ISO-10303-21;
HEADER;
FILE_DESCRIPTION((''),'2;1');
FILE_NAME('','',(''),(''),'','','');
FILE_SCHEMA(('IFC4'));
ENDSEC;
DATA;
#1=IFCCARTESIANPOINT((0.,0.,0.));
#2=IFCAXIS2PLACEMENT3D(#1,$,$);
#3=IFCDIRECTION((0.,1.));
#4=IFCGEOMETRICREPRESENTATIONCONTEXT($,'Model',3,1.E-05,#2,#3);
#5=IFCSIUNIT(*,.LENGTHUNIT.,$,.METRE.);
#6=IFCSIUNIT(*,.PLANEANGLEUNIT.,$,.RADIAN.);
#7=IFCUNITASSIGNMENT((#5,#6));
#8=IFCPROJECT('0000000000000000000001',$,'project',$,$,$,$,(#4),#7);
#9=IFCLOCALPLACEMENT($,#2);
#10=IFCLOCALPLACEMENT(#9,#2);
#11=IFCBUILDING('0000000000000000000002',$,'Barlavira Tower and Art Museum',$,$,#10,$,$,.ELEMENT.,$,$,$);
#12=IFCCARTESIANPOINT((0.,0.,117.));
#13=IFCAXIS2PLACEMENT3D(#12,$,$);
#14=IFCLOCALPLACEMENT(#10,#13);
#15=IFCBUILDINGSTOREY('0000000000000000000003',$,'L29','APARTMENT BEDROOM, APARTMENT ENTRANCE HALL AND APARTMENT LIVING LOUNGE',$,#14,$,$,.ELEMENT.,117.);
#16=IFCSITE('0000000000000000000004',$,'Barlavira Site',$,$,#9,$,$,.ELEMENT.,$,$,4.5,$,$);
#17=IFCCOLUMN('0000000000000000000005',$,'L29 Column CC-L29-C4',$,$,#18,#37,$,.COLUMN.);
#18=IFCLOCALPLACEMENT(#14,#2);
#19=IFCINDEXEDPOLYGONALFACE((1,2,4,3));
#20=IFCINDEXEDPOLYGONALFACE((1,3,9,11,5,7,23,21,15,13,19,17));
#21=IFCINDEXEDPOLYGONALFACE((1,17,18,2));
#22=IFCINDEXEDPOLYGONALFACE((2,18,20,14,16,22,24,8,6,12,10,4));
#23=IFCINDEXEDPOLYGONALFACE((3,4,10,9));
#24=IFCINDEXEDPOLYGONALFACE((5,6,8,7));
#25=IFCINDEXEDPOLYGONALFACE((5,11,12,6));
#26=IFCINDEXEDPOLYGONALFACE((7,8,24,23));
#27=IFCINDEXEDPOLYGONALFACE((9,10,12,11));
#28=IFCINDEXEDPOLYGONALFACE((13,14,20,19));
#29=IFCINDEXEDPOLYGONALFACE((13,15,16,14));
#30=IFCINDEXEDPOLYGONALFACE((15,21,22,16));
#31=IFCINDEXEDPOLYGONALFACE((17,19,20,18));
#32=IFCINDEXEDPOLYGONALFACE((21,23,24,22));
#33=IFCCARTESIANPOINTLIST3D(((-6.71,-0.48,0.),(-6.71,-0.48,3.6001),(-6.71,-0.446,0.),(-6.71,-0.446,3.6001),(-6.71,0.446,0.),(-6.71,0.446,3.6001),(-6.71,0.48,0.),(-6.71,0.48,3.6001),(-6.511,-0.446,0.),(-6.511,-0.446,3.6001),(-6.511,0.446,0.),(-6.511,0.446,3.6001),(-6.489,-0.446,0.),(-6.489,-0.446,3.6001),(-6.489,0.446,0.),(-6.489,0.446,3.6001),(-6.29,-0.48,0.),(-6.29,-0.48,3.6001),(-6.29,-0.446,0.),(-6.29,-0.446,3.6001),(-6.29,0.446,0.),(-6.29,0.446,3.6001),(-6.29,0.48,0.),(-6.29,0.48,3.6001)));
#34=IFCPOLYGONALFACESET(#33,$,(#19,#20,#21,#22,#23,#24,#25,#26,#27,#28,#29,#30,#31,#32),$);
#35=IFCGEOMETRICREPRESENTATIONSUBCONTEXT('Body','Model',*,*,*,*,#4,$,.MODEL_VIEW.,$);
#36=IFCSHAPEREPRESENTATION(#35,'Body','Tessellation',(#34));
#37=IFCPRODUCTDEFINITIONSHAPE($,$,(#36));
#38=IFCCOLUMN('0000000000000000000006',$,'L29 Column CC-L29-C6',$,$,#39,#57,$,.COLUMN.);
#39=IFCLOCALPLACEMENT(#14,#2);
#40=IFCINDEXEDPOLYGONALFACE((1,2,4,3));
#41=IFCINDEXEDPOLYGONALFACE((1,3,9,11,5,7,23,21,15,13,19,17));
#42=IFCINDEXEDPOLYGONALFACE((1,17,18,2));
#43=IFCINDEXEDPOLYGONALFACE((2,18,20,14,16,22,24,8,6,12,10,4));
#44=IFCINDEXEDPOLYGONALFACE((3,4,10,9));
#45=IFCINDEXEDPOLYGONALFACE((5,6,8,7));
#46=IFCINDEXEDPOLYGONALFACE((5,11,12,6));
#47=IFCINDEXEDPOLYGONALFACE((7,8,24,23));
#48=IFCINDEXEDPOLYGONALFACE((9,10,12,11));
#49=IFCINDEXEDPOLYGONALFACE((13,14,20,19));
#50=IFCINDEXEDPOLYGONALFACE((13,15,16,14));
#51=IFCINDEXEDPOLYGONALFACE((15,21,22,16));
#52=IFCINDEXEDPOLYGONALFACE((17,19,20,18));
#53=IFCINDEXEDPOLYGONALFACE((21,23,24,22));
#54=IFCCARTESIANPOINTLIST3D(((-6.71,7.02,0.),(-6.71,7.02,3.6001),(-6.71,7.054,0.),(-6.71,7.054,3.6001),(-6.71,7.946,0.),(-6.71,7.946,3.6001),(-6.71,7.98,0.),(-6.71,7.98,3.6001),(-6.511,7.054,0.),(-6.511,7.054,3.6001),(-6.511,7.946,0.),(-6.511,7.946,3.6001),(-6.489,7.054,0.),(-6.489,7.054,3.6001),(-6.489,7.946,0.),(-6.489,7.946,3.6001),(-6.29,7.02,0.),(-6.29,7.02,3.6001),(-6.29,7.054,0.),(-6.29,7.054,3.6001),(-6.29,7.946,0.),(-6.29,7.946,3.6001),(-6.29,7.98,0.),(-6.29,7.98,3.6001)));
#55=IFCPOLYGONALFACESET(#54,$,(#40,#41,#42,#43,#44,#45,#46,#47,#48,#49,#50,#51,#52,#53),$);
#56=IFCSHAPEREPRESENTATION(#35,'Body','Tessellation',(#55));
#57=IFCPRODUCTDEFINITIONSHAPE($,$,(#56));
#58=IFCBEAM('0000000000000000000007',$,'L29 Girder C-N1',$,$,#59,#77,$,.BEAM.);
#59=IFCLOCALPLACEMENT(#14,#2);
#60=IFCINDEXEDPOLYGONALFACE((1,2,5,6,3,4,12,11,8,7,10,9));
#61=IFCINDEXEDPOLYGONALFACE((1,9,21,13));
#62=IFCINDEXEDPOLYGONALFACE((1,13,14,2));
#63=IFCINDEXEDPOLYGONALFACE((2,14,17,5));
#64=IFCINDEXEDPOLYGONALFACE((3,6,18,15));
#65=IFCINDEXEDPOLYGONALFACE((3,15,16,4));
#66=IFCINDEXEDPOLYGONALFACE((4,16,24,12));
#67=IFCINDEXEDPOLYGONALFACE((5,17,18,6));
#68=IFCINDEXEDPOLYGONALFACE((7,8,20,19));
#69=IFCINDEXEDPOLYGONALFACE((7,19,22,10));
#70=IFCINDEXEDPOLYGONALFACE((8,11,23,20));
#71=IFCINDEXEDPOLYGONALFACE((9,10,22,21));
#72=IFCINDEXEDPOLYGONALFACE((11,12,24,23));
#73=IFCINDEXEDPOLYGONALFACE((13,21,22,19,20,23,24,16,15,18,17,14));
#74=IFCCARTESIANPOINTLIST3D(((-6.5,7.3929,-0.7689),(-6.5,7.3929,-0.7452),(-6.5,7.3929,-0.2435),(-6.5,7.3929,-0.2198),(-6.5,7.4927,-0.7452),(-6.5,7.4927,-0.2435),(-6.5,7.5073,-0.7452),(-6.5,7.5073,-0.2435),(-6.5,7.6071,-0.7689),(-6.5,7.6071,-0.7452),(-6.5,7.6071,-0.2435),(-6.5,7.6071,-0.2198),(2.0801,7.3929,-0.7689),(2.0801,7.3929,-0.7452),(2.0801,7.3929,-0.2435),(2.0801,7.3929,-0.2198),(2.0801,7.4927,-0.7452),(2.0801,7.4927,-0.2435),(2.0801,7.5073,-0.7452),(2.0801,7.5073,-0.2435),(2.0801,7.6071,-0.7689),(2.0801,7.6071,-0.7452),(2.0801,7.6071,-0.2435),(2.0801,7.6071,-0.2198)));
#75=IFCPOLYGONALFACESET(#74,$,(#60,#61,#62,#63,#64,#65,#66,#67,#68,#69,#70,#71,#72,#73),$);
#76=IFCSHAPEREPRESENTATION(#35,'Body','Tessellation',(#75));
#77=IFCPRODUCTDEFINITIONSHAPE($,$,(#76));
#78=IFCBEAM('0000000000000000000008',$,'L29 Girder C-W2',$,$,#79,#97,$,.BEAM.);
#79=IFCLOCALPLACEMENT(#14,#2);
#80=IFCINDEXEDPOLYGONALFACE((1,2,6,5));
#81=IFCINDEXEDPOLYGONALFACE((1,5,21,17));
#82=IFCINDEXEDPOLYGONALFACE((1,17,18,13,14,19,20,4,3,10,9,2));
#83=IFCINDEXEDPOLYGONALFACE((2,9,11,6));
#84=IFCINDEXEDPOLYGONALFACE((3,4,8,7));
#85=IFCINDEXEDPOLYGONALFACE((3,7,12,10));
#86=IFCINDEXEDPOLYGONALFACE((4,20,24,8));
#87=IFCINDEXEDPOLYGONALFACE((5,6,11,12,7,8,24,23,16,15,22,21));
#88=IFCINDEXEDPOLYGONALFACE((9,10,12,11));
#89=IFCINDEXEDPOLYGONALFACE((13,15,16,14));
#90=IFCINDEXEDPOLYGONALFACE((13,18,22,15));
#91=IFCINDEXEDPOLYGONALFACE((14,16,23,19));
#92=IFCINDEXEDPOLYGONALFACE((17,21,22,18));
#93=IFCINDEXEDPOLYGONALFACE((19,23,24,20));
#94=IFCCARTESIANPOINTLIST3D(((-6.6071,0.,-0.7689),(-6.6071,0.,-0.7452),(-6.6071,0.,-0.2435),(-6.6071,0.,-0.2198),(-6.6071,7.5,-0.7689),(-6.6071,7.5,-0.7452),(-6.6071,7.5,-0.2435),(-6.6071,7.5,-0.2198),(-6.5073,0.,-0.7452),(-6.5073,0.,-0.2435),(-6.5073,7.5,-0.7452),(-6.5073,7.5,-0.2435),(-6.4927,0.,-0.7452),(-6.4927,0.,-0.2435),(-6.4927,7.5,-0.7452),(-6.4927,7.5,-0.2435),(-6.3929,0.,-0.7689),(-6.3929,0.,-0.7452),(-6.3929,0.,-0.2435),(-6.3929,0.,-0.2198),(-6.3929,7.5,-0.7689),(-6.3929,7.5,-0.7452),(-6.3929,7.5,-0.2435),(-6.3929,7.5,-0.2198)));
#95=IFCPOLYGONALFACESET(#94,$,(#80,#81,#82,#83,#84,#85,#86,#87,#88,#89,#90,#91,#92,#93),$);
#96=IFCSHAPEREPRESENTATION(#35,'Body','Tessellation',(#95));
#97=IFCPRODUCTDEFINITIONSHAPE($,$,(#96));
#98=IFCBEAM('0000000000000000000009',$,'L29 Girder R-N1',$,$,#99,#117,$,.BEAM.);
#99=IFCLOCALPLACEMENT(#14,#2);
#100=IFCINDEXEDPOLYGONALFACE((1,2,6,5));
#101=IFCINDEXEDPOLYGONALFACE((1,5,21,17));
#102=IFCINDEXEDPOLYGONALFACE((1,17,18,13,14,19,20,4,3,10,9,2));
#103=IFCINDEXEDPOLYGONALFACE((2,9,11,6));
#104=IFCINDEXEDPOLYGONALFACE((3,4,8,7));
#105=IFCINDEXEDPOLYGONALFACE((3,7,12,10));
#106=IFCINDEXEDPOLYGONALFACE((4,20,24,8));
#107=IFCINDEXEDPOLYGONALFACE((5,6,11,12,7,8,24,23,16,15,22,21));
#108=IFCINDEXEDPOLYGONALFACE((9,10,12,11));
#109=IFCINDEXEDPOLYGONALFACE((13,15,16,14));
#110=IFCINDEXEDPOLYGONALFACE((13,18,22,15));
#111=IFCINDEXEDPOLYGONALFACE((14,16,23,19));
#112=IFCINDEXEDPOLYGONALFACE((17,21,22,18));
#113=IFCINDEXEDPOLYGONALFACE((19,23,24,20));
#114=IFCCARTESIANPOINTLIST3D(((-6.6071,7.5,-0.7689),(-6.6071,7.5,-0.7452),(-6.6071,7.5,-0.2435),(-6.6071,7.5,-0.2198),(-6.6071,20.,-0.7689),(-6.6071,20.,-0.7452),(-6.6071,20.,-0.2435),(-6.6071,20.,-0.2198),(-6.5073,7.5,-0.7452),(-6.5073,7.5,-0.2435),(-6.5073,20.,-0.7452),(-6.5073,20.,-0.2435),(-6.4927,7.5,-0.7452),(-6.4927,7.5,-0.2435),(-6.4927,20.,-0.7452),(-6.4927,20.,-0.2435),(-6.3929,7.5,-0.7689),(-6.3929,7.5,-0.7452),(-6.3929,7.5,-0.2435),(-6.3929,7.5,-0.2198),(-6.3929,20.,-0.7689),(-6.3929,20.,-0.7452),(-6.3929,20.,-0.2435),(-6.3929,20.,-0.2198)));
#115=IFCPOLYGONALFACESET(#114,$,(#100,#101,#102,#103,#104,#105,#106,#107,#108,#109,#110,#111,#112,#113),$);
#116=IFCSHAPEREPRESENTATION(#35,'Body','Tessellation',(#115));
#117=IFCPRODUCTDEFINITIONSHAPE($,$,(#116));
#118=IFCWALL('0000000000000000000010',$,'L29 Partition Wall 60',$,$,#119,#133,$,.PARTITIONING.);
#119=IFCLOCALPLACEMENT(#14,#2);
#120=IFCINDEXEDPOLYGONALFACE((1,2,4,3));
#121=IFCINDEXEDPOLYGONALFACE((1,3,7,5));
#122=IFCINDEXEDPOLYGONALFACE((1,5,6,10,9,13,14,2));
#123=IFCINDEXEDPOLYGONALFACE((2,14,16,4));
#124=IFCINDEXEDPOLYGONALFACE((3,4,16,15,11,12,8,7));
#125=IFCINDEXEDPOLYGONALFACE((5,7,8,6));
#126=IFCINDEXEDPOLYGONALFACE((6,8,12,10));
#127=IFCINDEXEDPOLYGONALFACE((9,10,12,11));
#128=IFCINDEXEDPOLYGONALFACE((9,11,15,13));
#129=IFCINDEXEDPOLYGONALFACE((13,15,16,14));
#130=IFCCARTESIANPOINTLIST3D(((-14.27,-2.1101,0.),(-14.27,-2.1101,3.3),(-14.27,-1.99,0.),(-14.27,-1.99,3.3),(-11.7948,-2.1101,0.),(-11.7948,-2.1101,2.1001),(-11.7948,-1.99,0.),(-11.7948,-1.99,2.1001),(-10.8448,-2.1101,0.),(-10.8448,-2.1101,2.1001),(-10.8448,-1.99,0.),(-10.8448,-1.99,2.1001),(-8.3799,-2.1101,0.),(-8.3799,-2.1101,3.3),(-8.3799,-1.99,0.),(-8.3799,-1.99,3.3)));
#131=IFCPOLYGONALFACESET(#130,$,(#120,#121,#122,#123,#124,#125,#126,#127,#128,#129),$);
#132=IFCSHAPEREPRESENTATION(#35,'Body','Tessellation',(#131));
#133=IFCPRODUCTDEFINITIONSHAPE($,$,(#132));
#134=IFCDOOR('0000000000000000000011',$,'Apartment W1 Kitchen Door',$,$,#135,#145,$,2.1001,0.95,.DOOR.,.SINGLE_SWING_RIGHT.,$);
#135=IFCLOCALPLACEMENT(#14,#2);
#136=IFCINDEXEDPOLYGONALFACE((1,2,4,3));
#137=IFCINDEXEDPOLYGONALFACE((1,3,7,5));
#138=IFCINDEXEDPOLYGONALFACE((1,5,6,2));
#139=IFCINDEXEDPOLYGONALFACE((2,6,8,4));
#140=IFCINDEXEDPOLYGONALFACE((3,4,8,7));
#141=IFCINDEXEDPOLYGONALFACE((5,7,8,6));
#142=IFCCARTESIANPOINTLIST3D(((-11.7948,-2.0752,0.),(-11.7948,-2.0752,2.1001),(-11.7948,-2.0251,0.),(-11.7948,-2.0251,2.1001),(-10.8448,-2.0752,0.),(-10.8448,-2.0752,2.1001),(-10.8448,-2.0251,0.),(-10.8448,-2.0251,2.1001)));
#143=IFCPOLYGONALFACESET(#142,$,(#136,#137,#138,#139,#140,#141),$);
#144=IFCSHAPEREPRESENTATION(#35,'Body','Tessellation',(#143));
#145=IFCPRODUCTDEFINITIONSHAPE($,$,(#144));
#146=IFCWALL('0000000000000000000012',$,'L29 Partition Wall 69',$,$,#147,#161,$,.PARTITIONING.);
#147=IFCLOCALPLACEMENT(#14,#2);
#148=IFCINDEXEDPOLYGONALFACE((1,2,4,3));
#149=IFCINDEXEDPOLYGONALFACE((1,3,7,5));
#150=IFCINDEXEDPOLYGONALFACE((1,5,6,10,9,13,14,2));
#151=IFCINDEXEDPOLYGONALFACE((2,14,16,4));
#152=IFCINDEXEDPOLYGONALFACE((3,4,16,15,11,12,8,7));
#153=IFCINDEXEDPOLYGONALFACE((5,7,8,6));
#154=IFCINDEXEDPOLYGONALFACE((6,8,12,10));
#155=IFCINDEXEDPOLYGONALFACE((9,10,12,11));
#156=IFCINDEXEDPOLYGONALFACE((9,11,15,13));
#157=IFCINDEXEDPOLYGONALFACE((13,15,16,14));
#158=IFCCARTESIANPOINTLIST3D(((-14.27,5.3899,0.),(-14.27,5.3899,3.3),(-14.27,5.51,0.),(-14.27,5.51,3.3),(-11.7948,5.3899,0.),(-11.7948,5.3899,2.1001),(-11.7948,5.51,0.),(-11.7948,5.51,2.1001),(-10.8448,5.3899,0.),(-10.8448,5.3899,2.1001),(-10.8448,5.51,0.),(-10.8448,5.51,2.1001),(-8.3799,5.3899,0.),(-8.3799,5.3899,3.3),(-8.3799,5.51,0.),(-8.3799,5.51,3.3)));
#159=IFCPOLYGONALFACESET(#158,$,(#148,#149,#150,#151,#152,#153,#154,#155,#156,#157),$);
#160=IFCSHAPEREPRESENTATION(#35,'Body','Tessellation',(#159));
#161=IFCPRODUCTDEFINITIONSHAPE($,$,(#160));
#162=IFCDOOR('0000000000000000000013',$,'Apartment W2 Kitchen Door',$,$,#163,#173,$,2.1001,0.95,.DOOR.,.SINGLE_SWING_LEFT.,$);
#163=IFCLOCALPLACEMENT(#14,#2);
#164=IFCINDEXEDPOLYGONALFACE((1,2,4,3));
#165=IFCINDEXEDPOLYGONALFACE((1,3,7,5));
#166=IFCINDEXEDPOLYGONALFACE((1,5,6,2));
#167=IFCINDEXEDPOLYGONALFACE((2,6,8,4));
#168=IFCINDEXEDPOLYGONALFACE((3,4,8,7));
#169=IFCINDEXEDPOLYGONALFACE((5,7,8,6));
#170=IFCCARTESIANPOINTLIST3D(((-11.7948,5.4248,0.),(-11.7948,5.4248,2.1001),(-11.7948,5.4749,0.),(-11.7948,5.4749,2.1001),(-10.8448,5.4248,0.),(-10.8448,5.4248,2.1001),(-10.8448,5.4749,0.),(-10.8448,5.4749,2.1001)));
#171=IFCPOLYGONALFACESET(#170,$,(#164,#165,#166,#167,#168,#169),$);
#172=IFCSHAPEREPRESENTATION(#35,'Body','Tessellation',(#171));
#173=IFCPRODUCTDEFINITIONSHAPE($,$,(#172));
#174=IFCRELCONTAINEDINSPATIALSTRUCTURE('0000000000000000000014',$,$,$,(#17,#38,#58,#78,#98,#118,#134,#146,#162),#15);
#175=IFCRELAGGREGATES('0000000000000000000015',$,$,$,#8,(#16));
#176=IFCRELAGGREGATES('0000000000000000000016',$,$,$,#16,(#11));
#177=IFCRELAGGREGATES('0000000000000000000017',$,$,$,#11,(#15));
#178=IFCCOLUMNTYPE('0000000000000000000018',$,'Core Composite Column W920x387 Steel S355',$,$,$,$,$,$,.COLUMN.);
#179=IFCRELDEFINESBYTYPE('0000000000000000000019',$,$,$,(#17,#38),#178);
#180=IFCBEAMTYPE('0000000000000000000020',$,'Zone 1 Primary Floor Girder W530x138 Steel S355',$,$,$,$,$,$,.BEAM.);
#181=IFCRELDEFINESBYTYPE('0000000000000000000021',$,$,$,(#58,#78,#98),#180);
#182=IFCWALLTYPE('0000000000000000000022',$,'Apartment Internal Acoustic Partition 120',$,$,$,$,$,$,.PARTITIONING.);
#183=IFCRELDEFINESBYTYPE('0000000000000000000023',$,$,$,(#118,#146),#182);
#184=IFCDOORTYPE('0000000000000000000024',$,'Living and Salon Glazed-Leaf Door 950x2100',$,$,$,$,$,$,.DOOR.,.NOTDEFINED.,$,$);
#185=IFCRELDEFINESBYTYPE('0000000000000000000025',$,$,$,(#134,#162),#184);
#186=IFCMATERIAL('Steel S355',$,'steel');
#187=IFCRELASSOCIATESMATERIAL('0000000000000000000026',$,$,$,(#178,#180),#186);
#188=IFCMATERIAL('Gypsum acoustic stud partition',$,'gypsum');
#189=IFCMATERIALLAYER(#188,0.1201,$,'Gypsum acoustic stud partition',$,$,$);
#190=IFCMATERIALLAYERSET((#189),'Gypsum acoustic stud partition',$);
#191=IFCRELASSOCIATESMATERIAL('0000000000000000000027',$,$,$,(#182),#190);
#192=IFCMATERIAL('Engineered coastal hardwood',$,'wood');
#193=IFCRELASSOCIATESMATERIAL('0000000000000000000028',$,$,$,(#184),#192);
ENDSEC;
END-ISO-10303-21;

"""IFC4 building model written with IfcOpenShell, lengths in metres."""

from ifc_helpers import new_model, si_unit, direction, frame, frame_2d, origin, origin_2d, place, context, subcontext, project, spatial, rectangle, i_section, extrude, material, layer, layer_set, material_profile, profile_set, type_object, element, fill, save


model = new_model("IFC4")

# Units and contexts
model_context = context("Model", 3, precision=1e-05, world=origin(), true_north=direction((0.0, 1.0)))
body_context = subcontext(model_context, "Body", "Model", "MODEL_VIEW")
ifc_project = project(units=[si_unit("LENGTHUNIT", "METRE"), si_unit("PLANEANGLEUNIT", "RADIAN")], contexts=[model_context])

# Site, building, storey
site_placement = place(None, origin())
site = spatial("IfcSite", under=ifc_project, at=site_placement, Name="Barlavira Site", CompositionType="ELEMENT", RefElevation=4.5)
building_placement = place(site_placement, origin())
building = spatial("IfcBuilding", under=site, at=building_placement, Name="Barlavira Tower and Art Museum", CompositionType="ELEMENT")
storey_placement = place(building_placement, frame((0.0, 0.0, 117.0)))
storey = spatial("IfcBuildingStorey", under=building, at=storey_placement, Name="L29", Description="APARTMENT BEDROOM, APARTMENT ENTRANCE HALL AND APARTMENT LIVING LOUNGE", CompositionType="ELEMENT", Elevation=117.0)

# Columns
ifc_material_1 = material(Name="Steel S355", Category="steel")
ifc_material_profile_1 = material_profile(ifc_material_1, i_section(OverallWidth=0.4199, OverallDepth=0.96, WebThickness=0.022, FlangeThickness=0.0339, at=origin_2d()), Name="W920x387.0")
ifc_profile_set_1 = profile_set([ifc_material_profile_1], Name="Steel S355")
column_type = type_object("IfcColumnType", Name="Core Composite Column W920x387 Steel S355", PredefinedType="COLUMN", material=ifc_profile_set_1)
for number, where, z_axis, x_axis, name in (
    (1, (-6.5, 0.0, 0.0), (0.0, 0.0, 1.0), (1.0, 0.0, 0.0), "L29 Column CC-L29-C4"),
    (2, (-6.5, 7.5, 0.0), (0.0, 0.0, 1.0), (1.0, 0.0, 0.0), "L29 Column CC-L29-C6"),
):
    element("IfcColumn", number, at=place(storey_placement, frame(where, z_axis=z_axis, x_axis=x_axis)), inside=storey, type_object=column_type, Name=name, PredefinedType="COLUMN", context=body_context, shape_type="SweptSolid", body=[
        extrude(i_section(OverallWidth=0.4199, OverallDepth=0.96, WebThickness=0.022, FlangeThickness=0.0339, at=origin_2d()), origin(), (0.0, 0.0, 1.0), 3.6001),
    ])

# Beams
ifc_material_profile_2 = material_profile(ifc_material_1, i_section(OverallWidth=0.2141, OverallDepth=0.5491, WebThickness=0.0146, FlangeThickness=0.0237, at=origin_2d()), Name="W530x138.0")
ifc_profile_set_2 = profile_set([ifc_material_profile_2], Name="Steel S355")
beam_type = type_object("IfcBeamType", Name="Zone 1 Primary Floor Girder W530x138 Steel S355", PredefinedType="BEAM", material=ifc_profile_set_2)
beam_1_placement = place(storey_placement, frame((-6.5, 7.5, -0.4944), z_axis=(1.0, 0.0, 0.0), x_axis=(0.0, 1.0, 0.0)))
element("IfcBeam", 3, at=beam_1_placement, inside=storey, type_object=beam_type, Name="L29 Girder C-N1", PredefinedType="BEAM", context=body_context, shape_type="SweptSolid", body=[
    extrude(i_section(OverallWidth=0.2141, OverallDepth=0.5491, WebThickness=0.0146, FlangeThickness=0.0237, at=origin_2d()), origin(), (0.0, 0.0, 1.0), 8.5801),
])
beam_2_placement = place(storey_placement, frame((-6.5, 0.0, -0.4944), z_axis=(0.0, 1.0, 0.0), x_axis=(-1.0, 0.0, 0.0)))
element("IfcBeam", 4, at=beam_2_placement, inside=storey, type_object=beam_type, Name="L29 Girder C-W2", PredefinedType="BEAM", context=body_context, shape_type="SweptSolid", body=[
    extrude(i_section(OverallWidth=0.2141, OverallDepth=0.5491, WebThickness=0.0146, FlangeThickness=0.0237, at=origin_2d()), origin(), (0.0, 0.0, 1.0), 7.5),
])
beam_3_placement = place(storey_placement, frame((-6.5, 7.5, -0.4944), z_axis=(0.0, 1.0, 0.0), x_axis=(-1.0, 0.0, 0.0)))
element("IfcBeam", 5, at=beam_3_placement, inside=storey, type_object=beam_type, Name="L29 Girder R-N1", PredefinedType="BEAM", context=body_context, shape_type="SweptSolid", body=[
    extrude(i_section(OverallWidth=0.2141, OverallDepth=0.5491, WebThickness=0.0146, FlangeThickness=0.0237, at=origin_2d()), origin(), (0.0, 0.0, 1.0), 12.5),
])

# Walls, openings, doors
ifc_material_2 = material(Name="Gypsum acoustic stud partition", Category="gypsum")
ifc_layer_1 = layer(ifc_material_2, 0.1201, Name="Gypsum acoustic stud partition")
ifc_layer_set_1 = layer_set([ifc_layer_1], Name="Gypsum acoustic stud partition")
wall_type_1 = type_object("IfcWallType", Name="Apartment Internal Acoustic Partition 120", PredefinedType="PARTITIONING", material=ifc_layer_set_1)
wall_1_placement = place(storey_placement, frame((-14.27, -2.05, 0.0), z_axis=(0.0, 0.0, 1.0), x_axis=(1.0, 0.0, 0.0)))
wall_1 = element("IfcWall", 6, at=wall_1_placement, inside=storey, type_object=wall_type_1, Name="L29 Partition Wall 60", PredefinedType="PARTITIONING", context=body_context, shape_type="SweptSolid", body=[
    extrude(rectangle(XDim=5.8901, YDim=0.1201, at=frame_2d((2.9451, 0.0))), origin(), (0.0, 0.0, 1.0), 3.3),
])
opening_1_placement = place(wall_1_placement, frame((2.4751, 0.0, 0.0)))
opening_1 = element("IfcOpeningElement", 7, at=opening_1_placement, cuts=wall_1, PredefinedType="OPENING", context=body_context, shape_type="SweptSolid", body=[
    extrude(rectangle(XDim=0.95, YDim=2.1001, at=frame_2d((0.4751, 1.05))), frame((0.0, 0.0701, 0.0), z_axis=(0.0, -1.0, 0.0), x_axis=(1.0, 0.0, 0.0)), (0.0, 0.0, 1.0), 0.1401),
])
ifc_material_3 = material(Name="Engineered coastal hardwood", Category="wood")
door_type_1 = type_object("IfcDoorType", Name="Living and Salon Glazed-Leaf Door 950x2100", OperationType="NOTDEFINED", PredefinedType="DOOR", material=ifc_material_3)
door_1_placement = place(opening_1_placement, origin())
door_1 = element("IfcDoor", 8, at=door_1_placement, inside=storey, type_object=door_type_1, Name="Apartment W1 Kitchen Door", OperationType="SINGLE_SWING_RIGHT", OverallHeight=2.1001, OverallWidth=0.95, PredefinedType="DOOR", context=body_context, shape_type="SweptSolid", body=[
    extrude(rectangle(XDim=0.95, YDim=2.1001, at=frame_2d((0.4751, 1.05))), frame((0.0, 0.0249, 0.0), z_axis=(0.0, -1.0, 0.0), x_axis=(1.0, 0.0, 0.0)), (0.0, 0.0, 1.0), 0.05),
])
fill(opening_1, door_1)
wall_2_placement = place(storey_placement, frame((-14.27, 5.45, 0.0), z_axis=(0.0, 0.0, 1.0), x_axis=(1.0, 0.0, 0.0)))
wall_2 = element("IfcWall", 9, at=wall_2_placement, inside=storey, type_object=wall_type_1, Name="L29 Partition Wall 69", PredefinedType="PARTITIONING", context=body_context, shape_type="SweptSolid", body=[
    extrude(rectangle(XDim=5.8901, YDim=0.1201, at=frame_2d((2.9451, 0.0))), origin(), (0.0, 0.0, 1.0), 3.3),
])
opening_2_placement = place(wall_2_placement, frame((2.4751, 0.0, 0.0)))
opening_2 = element("IfcOpeningElement", 10, at=opening_2_placement, cuts=wall_2, PredefinedType="OPENING", context=body_context, shape_type="SweptSolid", body=[
    extrude(rectangle(XDim=0.95, YDim=2.1001, at=frame_2d((0.4751, 1.05))), frame((0.0, 0.0701, 0.0), z_axis=(0.0, -1.0, 0.0), x_axis=(1.0, 0.0, 0.0)), (0.0, 0.0, 1.0), 0.1401),
])
door_2_placement = place(opening_2_placement, origin())
door_2 = element("IfcDoor", 11, at=door_2_placement, inside=storey, type_object=door_type_1, Name="Apartment W2 Kitchen Door", OperationType="SINGLE_SWING_LEFT", OverallHeight=2.1001, OverallWidth=0.95, PredefinedType="DOOR", context=body_context, shape_type="SweptSolid", body=[
    extrude(rectangle(XDim=0.95, YDim=2.1001, at=frame_2d((0.4751, 1.05))), frame((0.0, 0.0249, 0.0), z_axis=(0.0, -1.0, 0.0), x_axis=(1.0, 0.0, 0.0)), (0.0, 0.0, 1.0), 0.05),
])
fill(opening_2, door_2)

save(model, "model.ifc")
